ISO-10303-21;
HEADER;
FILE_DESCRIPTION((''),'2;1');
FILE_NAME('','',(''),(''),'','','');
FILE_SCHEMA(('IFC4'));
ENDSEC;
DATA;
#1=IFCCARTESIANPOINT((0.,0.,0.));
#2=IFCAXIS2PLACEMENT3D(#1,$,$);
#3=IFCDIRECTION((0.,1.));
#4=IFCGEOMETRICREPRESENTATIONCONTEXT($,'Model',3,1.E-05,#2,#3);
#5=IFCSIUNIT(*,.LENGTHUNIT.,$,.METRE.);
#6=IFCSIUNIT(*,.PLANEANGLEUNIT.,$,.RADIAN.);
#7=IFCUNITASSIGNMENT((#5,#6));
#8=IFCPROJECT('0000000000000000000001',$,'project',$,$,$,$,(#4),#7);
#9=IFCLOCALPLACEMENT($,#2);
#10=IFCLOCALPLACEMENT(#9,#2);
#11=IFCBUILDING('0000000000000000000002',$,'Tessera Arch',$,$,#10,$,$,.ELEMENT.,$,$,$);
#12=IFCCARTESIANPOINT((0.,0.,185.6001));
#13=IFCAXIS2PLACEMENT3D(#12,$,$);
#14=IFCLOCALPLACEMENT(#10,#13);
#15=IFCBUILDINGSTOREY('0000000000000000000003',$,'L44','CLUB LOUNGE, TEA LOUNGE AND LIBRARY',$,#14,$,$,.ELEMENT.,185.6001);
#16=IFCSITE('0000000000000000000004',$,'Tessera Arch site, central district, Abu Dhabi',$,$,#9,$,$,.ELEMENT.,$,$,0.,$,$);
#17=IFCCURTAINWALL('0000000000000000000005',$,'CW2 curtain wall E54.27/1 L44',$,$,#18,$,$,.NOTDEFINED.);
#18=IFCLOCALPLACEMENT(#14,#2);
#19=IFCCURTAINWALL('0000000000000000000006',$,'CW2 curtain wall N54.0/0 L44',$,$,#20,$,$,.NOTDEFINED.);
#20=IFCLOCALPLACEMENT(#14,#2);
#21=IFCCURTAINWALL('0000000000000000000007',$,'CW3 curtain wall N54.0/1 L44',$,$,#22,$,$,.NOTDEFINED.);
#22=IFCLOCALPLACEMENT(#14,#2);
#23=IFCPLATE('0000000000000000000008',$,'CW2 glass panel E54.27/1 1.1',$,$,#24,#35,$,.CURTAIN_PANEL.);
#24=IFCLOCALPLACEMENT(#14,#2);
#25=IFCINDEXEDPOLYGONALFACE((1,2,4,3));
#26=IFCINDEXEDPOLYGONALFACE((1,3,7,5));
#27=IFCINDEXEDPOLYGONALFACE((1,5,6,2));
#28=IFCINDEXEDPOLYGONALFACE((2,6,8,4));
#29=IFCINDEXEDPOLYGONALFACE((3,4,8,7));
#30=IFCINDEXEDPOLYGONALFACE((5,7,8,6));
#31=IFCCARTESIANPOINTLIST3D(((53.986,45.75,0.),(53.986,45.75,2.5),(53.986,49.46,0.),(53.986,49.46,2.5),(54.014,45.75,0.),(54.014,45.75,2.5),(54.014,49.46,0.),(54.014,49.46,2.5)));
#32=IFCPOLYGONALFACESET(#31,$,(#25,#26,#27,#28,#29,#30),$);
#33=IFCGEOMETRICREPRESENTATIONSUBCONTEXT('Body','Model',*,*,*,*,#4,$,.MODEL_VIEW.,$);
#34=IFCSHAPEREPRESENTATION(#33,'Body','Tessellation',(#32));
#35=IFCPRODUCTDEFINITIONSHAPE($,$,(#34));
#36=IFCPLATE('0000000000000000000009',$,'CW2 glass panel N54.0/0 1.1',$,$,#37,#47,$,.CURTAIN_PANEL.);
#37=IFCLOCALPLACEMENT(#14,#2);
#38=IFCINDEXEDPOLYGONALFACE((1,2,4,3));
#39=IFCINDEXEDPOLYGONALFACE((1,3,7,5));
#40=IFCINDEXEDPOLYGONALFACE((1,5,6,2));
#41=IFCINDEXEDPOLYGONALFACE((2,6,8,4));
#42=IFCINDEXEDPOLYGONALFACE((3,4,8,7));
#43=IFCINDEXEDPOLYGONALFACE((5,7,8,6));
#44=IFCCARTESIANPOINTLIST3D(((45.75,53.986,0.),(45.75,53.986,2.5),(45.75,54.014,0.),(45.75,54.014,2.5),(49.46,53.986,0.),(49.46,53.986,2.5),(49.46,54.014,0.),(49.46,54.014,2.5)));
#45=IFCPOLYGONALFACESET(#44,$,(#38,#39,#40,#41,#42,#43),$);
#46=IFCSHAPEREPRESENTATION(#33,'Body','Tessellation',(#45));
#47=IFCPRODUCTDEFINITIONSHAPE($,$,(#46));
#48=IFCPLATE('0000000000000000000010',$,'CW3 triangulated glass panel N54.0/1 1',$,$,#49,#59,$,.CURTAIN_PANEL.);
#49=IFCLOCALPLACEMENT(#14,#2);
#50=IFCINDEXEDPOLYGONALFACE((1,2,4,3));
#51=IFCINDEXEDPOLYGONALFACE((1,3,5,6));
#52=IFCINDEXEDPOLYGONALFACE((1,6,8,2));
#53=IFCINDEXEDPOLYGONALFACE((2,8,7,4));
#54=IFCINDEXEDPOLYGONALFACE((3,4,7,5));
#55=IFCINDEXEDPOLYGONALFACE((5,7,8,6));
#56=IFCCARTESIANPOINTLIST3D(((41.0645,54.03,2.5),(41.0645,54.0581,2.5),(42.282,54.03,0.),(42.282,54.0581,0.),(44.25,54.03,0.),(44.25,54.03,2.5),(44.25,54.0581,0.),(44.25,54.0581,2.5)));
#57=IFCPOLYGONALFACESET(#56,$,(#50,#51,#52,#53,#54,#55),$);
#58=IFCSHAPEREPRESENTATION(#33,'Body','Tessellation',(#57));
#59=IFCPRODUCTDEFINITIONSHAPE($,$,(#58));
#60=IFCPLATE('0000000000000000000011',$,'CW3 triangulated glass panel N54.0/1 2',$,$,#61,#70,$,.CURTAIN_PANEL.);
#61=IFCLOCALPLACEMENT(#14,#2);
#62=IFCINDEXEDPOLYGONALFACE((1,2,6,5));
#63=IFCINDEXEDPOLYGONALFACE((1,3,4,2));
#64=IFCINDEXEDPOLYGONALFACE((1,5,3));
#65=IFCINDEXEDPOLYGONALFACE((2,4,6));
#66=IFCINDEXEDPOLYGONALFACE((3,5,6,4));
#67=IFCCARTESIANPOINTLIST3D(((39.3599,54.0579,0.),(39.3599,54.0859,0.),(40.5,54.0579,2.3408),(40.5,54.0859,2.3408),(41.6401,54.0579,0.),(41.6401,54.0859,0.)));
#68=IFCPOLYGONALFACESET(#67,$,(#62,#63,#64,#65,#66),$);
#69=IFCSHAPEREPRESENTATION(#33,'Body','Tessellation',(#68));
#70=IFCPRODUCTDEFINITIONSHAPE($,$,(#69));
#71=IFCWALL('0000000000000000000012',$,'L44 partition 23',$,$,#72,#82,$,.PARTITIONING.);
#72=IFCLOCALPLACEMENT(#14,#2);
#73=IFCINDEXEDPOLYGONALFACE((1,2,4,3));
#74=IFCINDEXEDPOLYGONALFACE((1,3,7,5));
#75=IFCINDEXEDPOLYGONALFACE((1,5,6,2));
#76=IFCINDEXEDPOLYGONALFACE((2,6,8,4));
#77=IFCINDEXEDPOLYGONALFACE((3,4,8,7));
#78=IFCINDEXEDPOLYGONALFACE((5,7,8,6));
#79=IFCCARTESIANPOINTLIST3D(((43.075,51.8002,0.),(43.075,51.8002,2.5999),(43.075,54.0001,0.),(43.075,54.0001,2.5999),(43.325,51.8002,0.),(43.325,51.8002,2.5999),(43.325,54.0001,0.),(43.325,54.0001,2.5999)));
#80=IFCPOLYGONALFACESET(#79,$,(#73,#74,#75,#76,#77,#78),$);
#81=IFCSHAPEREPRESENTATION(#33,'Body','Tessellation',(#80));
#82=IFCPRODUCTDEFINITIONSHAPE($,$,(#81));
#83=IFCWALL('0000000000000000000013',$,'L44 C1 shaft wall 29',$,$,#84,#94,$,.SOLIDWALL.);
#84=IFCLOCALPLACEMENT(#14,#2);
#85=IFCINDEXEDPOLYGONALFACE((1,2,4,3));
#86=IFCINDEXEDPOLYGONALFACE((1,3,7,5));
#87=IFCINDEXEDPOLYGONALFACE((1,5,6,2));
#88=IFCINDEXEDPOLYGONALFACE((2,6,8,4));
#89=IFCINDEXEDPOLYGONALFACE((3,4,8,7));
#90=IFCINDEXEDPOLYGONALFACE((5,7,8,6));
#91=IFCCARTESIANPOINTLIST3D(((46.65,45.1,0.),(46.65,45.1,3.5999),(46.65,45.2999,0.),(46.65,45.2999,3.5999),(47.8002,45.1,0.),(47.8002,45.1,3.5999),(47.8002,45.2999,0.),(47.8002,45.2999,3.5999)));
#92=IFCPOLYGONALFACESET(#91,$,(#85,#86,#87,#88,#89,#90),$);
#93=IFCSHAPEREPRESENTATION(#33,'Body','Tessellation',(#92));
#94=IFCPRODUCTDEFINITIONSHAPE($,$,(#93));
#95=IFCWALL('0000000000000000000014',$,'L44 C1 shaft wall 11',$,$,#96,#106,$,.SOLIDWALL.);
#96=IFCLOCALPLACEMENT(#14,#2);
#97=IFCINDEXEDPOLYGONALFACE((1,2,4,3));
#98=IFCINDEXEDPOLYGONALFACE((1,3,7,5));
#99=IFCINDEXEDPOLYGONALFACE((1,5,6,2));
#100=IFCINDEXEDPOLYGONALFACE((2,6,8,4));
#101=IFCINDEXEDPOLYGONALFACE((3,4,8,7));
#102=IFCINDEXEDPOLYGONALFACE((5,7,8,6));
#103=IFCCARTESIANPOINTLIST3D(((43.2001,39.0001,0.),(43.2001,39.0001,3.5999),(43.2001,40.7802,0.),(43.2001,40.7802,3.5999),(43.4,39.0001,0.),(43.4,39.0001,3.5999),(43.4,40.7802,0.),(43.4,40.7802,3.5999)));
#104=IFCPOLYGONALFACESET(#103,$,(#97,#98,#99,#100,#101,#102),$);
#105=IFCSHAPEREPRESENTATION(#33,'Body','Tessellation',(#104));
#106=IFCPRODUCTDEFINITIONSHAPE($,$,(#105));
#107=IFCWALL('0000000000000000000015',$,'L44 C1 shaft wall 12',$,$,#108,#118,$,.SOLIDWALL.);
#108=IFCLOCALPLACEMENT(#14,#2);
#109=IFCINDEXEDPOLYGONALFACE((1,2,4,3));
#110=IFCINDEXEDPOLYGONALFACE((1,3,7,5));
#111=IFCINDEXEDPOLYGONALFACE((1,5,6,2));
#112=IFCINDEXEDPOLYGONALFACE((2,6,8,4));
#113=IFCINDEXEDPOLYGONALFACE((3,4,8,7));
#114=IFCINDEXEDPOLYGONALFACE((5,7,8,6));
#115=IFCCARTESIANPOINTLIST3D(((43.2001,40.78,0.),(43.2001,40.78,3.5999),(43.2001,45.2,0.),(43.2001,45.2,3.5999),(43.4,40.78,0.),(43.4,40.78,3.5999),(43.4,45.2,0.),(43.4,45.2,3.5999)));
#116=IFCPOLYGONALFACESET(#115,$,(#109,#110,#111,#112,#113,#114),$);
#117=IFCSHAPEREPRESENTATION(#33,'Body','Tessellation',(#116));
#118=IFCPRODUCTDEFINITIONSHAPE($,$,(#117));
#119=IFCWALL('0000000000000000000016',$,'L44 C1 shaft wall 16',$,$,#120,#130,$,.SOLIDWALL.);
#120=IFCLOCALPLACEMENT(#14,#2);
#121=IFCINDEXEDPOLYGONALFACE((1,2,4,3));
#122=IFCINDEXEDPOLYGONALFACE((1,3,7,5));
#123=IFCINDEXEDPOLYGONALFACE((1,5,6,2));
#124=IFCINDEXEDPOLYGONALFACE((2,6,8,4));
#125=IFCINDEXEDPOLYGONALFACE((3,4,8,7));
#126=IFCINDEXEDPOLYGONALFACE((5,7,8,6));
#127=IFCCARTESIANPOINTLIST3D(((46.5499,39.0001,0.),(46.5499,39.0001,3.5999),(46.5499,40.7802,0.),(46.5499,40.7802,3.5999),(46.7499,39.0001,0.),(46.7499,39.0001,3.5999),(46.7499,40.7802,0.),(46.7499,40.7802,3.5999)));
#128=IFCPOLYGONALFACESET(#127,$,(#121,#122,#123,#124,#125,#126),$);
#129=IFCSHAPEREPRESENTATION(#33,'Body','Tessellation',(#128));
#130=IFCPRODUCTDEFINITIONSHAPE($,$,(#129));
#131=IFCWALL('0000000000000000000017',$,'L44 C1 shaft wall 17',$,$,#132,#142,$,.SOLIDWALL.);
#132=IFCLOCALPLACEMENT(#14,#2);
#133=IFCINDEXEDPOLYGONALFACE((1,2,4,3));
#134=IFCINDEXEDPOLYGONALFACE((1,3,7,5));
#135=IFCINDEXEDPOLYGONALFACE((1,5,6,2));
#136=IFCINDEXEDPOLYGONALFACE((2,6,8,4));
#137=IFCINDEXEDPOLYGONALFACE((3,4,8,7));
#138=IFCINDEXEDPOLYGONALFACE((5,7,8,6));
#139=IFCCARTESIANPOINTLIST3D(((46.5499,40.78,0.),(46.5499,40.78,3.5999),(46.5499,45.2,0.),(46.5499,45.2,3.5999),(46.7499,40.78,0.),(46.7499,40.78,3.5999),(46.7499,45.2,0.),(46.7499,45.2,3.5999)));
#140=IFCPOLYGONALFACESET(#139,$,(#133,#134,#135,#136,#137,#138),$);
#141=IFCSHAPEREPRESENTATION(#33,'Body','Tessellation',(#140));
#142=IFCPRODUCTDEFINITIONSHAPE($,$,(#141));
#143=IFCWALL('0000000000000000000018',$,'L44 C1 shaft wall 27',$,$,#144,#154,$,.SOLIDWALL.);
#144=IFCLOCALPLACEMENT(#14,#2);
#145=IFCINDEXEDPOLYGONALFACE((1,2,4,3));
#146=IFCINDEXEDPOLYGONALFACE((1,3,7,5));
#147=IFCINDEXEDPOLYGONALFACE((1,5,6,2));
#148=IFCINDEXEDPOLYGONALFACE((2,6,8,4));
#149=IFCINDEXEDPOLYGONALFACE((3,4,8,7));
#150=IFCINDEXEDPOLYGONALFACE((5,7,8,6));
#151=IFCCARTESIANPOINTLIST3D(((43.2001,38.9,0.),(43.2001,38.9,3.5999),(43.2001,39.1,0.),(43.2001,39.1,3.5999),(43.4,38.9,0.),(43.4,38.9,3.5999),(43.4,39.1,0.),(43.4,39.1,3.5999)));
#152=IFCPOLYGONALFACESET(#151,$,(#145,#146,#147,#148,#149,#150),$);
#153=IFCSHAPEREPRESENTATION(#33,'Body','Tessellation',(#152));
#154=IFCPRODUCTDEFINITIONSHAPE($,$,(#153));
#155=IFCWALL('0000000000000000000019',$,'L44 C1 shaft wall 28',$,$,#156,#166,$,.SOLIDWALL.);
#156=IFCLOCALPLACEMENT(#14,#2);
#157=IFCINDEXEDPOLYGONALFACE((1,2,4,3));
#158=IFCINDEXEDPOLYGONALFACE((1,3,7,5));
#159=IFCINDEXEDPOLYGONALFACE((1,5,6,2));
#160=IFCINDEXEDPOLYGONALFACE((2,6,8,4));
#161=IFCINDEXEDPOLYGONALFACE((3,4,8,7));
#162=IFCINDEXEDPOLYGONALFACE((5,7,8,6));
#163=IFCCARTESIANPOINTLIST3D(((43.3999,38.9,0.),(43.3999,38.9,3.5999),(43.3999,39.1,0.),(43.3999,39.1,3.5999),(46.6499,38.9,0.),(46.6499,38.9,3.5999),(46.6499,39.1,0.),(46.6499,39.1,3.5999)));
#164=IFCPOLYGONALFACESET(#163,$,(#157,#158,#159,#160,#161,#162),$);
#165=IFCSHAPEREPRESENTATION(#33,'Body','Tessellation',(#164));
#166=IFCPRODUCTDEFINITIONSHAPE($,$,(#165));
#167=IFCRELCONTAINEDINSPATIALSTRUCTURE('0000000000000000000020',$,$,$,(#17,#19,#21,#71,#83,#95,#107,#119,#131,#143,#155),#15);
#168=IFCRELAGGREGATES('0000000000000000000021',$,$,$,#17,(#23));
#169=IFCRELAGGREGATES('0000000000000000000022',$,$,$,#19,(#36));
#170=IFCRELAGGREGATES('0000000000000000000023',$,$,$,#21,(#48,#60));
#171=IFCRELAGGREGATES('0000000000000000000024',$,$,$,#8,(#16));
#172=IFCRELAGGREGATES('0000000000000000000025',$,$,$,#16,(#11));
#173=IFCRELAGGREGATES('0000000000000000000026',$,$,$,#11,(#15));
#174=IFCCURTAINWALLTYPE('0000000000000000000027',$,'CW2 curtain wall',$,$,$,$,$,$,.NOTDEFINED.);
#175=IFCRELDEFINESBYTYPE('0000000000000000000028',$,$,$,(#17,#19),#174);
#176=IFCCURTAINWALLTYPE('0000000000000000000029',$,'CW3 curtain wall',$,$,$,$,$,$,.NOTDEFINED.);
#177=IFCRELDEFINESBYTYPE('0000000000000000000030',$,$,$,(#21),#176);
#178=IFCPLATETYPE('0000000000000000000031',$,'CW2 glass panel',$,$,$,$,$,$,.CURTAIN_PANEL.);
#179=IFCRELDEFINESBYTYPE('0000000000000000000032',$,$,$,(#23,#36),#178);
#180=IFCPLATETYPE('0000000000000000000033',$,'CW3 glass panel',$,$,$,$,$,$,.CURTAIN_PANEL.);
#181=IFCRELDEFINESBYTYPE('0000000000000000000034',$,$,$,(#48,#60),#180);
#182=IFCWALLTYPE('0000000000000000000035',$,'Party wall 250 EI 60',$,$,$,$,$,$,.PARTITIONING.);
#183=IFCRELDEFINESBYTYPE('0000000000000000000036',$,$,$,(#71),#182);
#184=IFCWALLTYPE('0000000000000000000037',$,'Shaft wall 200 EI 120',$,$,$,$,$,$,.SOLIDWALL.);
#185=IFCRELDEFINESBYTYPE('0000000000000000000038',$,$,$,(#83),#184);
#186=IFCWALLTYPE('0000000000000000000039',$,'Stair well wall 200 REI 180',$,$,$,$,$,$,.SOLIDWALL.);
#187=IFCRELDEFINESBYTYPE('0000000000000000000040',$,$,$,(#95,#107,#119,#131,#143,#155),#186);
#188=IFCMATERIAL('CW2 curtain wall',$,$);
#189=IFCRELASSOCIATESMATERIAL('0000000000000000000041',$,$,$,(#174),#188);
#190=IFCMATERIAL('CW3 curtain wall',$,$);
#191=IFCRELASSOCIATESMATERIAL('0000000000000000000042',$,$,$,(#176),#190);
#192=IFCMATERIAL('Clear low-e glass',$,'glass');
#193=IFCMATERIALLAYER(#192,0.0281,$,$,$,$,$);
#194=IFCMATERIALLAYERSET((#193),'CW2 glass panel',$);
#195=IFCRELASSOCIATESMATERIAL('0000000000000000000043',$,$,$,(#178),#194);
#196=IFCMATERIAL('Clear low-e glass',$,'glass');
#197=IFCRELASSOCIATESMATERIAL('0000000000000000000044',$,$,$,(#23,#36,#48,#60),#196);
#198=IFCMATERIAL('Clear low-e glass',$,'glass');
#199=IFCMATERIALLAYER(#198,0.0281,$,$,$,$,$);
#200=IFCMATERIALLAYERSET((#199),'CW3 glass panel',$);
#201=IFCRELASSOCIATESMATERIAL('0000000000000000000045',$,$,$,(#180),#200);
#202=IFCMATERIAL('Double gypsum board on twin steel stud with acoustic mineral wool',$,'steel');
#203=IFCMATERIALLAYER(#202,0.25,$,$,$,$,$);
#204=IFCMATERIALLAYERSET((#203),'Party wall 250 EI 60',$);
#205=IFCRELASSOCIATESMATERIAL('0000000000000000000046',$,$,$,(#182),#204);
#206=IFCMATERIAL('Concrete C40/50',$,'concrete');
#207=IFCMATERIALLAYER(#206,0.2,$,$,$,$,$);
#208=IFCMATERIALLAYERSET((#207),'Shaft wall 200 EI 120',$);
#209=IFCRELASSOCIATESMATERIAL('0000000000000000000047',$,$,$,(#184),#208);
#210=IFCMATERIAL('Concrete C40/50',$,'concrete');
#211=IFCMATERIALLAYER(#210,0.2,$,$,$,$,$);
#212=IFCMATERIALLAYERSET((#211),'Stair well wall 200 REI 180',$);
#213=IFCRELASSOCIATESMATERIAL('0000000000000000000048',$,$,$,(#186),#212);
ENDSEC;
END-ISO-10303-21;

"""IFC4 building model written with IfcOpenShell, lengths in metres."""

from ifc_helpers import new_model, si_unit, direction, frame, frame_2d, origin, origin_2d, place, context, subcontext, project, spatial, polyline, rectangle, outline, extrude, material, layer, layer_set, type_object, element, aggregate, save


model = new_model("IFC4")

# Units and contexts
model_context = context("Model", 3, precision=1e-05, world=origin(), true_north=direction((0.0, 1.0)))
body_context = subcontext(model_context, "Body", "Model", "MODEL_VIEW")
ifc_project = project(units=[si_unit("LENGTHUNIT", "METRE"), si_unit("PLANEANGLEUNIT", "RADIAN")], contexts=[model_context])

# Site, building, storey
site_placement = place(None, origin())
site = spatial("IfcSite", under=ifc_project, at=site_placement, Name="Tessera Arch site, central district, Abu Dhabi", CompositionType="ELEMENT", RefElevation=0.0)
building_placement = place(site_placement, origin())
building = spatial("IfcBuilding", under=site, at=building_placement, Name="Tessera Arch", CompositionType="ELEMENT")
storey_placement = place(building_placement, frame((0.0, 0.0, 185.6001)))
storey = spatial("IfcBuildingStorey", under=building, at=storey_placement, Name="L44", Description="CLUB LOUNGE, TEA LOUNGE AND LIBRARY", CompositionType="ELEMENT", Elevation=185.6001)

# Curtain walls
ifc_material_1 = material(Name="CW2 curtain wall")
curtain_wall_type_1 = type_object("IfcCurtainWallType", Name="CW2 curtain wall", PredefinedType="NOTDEFINED", material=ifc_material_1)
curtain_wall_1_placement = place(storey_placement, origin())
curtain_wall_1 = element("IfcCurtainWall", 1, at=curtain_wall_1_placement, inside=storey, type_object=curtain_wall_type_1, Name="CW2 curtain wall E54.27/1 L44", PredefinedType="NOTDEFINED")
curtain_wall_2_placement = place(storey_placement, origin())
curtain_wall_2 = element("IfcCurtainWall", 2, at=curtain_wall_2_placement, inside=storey, type_object=curtain_wall_type_1, Name="CW2 curtain wall N54.0/0 L44", PredefinedType="NOTDEFINED")
ifc_material_2 = material(Name="CW3 curtain wall")
curtain_wall_type_2 = type_object("IfcCurtainWallType", Name="CW3 curtain wall", PredefinedType="NOTDEFINED", material=ifc_material_2)
curtain_wall_3_placement = place(storey_placement, origin())
curtain_wall_3 = element("IfcCurtainWall", 3, at=curtain_wall_3_placement, inside=storey, type_object=curtain_wall_type_2, Name="CW3 curtain wall N54.0/1 L44", PredefinedType="NOTDEFINED")

# Plates
ifc_material_3 = material(Name="Clear low-e glass", Category="glass")
ifc_material_4 = material(Name="Clear low-e glass", Category="glass")
ifc_layer_1 = layer(ifc_material_4, 0.0281)
ifc_layer_set_1 = layer_set([ifc_layer_1], Name="CW2 glass panel")
plate_type_1 = type_object("IfcPlateType", Name="CW2 glass panel", PredefinedType="CURTAIN_PANEL", material=ifc_layer_set_1)
plate_1_placement = place(storey_placement, frame((54.0, 47.605, 0.0), z_axis=(0.0, 0.0, 1.0), x_axis=(0.0, 1.0, 0.0)))
plate_1 = element("IfcPlate", 4, at=plate_1_placement, type_object=plate_type_1, material=ifc_material_3, Name="CW2 glass panel E54.27/1 1.1", PredefinedType="CURTAIN_PANEL", context=body_context, shape_type="SweptSolid", body=[
    extrude(rectangle(XDim=3.71, YDim=0.0281, at=origin_2d()), origin(), (0.0, 0.0, 1.0), 2.5),
])
aggregate(curtain_wall_1, [plate_1])
plate_2_placement = place(storey_placement, frame((47.605, 54.0, 0.0), z_axis=(0.0, 0.0, 1.0), x_axis=(-1.0, 0.0, 0.0)))
plate_2 = element("IfcPlate", 5, at=plate_2_placement, type_object=plate_type_1, material=ifc_material_3, Name="CW2 glass panel N54.0/0 1.1", PredefinedType="CURTAIN_PANEL", context=body_context, shape_type="SweptSolid", body=[
    extrude(rectangle(XDim=3.71, YDim=0.0281, at=origin_2d()), origin(), (0.0, 0.0, 1.0), 2.5),
])
aggregate(curtain_wall_2, [plate_2])
ifc_material_5 = material(Name="Clear low-e glass", Category="glass")
ifc_layer_2 = layer(ifc_material_5, 0.0281)
ifc_layer_set_2 = layer_set([ifc_layer_2], Name="CW3 glass panel")
plate_type_2 = type_object("IfcPlateType", Name="CW3 glass panel", PredefinedType="CURTAIN_PANEL", material=ifc_layer_set_2)
plate_3_placement = place(storey_placement, frame((44.25, 54.0581, 0.0), z_axis=(0.0, 1.0, 0.0), x_axis=(-1.0, 0.0, 0.0)))
plate_3 = element("IfcPlate", 6, at=plate_3_placement, type_object=plate_type_2, material=ifc_material_3, Name="CW3 triangulated glass panel N54.0/1 1", PredefinedType="CURTAIN_PANEL", context=body_context, shape_type="SweptSolid", body=[
    extrude(outline(polyline([(0.0, 0.0), (1.968, 0.0), (3.1855, 2.5), (0.0, 2.5), (0.0, 0.0)])), origin(), (0.0, 0.0, -1.0), 0.0281),
])
plate_4_placement = place(storey_placement, frame((41.6401, 54.0859, 0.0), z_axis=(0.0, 1.0, 0.0), x_axis=(-1.0, 0.0, 0.0)))
plate_4 = element("IfcPlate", 7, at=plate_4_placement, type_object=plate_type_2, material=ifc_material_3, Name="CW3 triangulated glass panel N54.0/1 2", PredefinedType="CURTAIN_PANEL", context=body_context, shape_type="SweptSolid", body=[
    extrude(outline(polyline([(0.0, 0.0), (2.2803, 0.0), (1.1401, 2.3408), (0.0, 0.0)])), origin(), (0.0, 0.0, -1.0), 0.0281),
])
aggregate(curtain_wall_3, [plate_3, plate_4])

# Walls
ifc_material_6 = material(Name="Double gypsum board on twin steel stud with acoustic mineral wool", Category="steel")
ifc_layer_3 = layer(ifc_material_6, 0.25)
ifc_layer_set_3 = layer_set([ifc_layer_3], Name="Party wall 250 EI 60")
wall_type_1 = type_object("IfcWallType", Name="Party wall 250 EI 60", PredefinedType="PARTITIONING", material=ifc_layer_set_3)
wall_1_placement = place(storey_placement, frame((43.2, 51.8, 0.0), z_axis=(0.0, 0.0, 1.0), x_axis=(0.0, 1.0, 0.0)))
element("IfcWall", 8, at=wall_1_placement, inside=storey, type_object=wall_type_1, Name="L44 partition 23", PredefinedType="PARTITIONING", context=body_context, shape_type="SweptSolid", body=[
    extrude(rectangle(XDim=2.2, YDim=0.25, at=frame_2d((1.1001, 0.0))), origin(), (0.0, 0.0, 1.0), 2.5999),
])
ifc_material_7 = material(Name="Concrete C40/50", Category="concrete")
ifc_layer_4 = layer(ifc_material_7, 0.2)
ifc_layer_set_4 = layer_set([ifc_layer_4], Name="Shaft wall 200 EI 120")
wall_type_2 = type_object("IfcWallType", Name="Shaft wall 200 EI 120", PredefinedType="SOLIDWALL", material=ifc_layer_set_4)
wall_2_placement = place(storey_placement, frame((46.6499, 45.2, 0.0), z_axis=(0.0, 0.0, 1.0), x_axis=(1.0, 0.0, 0.0)))
element("IfcWall", 9, at=wall_2_placement, inside=storey, type_object=wall_type_2, Name="L44 C1 shaft wall 29", PredefinedType="SOLIDWALL", context=body_context, shape_type="SweptSolid", body=[
    extrude(rectangle(XDim=1.1501, YDim=0.2, at=frame_2d((0.5752, 0.0))), origin(), (0.0, 0.0, 1.0), 3.5999),
])
ifc_material_8 = material(Name="Concrete C40/50", Category="concrete")
ifc_layer_5 = layer(ifc_material_8, 0.2)
ifc_layer_set_5 = layer_set([ifc_layer_5], Name="Stair well wall 200 REI 180")
wall_type_3 = type_object("IfcWallType", Name="Stair well wall 200 REI 180", PredefinedType="SOLIDWALL", material=ifc_layer_set_5)
wall_3_placement = place(storey_placement, frame((43.3, 39.0, 0.0), z_axis=(0.0, 0.0, 1.0), x_axis=(0.0, 1.0, 0.0)))
element("IfcWall", 10, at=wall_3_placement, inside=storey, type_object=wall_type_3, Name="L44 C1 shaft wall 11", PredefinedType="SOLIDWALL", context=body_context, shape_type="SweptSolid", body=[
    extrude(rectangle(XDim=1.78, YDim=0.2, at=frame_2d((0.8901, 0.0))), origin(), (0.0, 0.0, 1.0), 3.5999),
])
wall_4_placement = place(storey_placement, frame((43.3, 40.78, 0.0), z_axis=(0.0, 0.0, 1.0), x_axis=(0.0, 1.0, 0.0)))
element("IfcWall", 11, at=wall_4_placement, inside=storey, type_object=wall_type_3, Name="L44 C1 shaft wall 12", PredefinedType="SOLIDWALL", context=body_context, shape_type="SweptSolid", body=[
    extrude(rectangle(XDim=4.4199, YDim=0.2, at=frame_2d((2.21, 0.0))), origin(), (0.0, 0.0, 1.0), 3.5999),
])
wall_5_placement = place(storey_placement, frame((46.6499, 39.0, 0.0), z_axis=(0.0, 0.0, 1.0), x_axis=(0.0, 1.0, 0.0)))
element("IfcWall", 12, at=wall_5_placement, inside=storey, type_object=wall_type_3, Name="L44 C1 shaft wall 16", PredefinedType="SOLIDWALL", context=body_context, shape_type="SweptSolid", body=[
    extrude(rectangle(XDim=1.78, YDim=0.2, at=frame_2d((0.8901, 0.0))), origin(), (0.0, 0.0, 1.0), 3.5999),
])
wall_6_placement = place(storey_placement, frame((46.6499, 40.78, 0.0), z_axis=(0.0, 0.0, 1.0), x_axis=(0.0, 1.0, 0.0)))
element("IfcWall", 13, at=wall_6_placement, inside=storey, type_object=wall_type_3, Name="L44 C1 shaft wall 17", PredefinedType="SOLIDWALL", context=body_context, shape_type="SweptSolid", body=[
    extrude(rectangle(XDim=4.4199, YDim=0.2, at=frame_2d((2.21, 0.0))), origin(), (0.0, 0.0, 1.0), 3.5999),
])
wall_7_placement = place(storey_placement, frame((43.2, 39.0, 0.0), z_axis=(0.0, 0.0, 1.0), x_axis=(1.0, 0.0, 0.0)))
element("IfcWall", 14, at=wall_7_placement, inside=storey, type_object=wall_type_3, Name="L44 C1 shaft wall 27", PredefinedType="SOLIDWALL", context=body_context, shape_type="SweptSolid", body=[
    extrude(rectangle(XDim=0.2, YDim=0.2, at=frame_2d((0.1001, 0.0))), origin(), (0.0, 0.0, 1.0), 3.5999),
])
wall_8_placement = place(storey_placement, frame((43.3999, 39.0, 0.0), z_axis=(0.0, 0.0, 1.0), x_axis=(1.0, 0.0, 0.0)))
element("IfcWall", 15, at=wall_8_placement, inside=storey, type_object=wall_type_3, Name="L44 C1 shaft wall 28", PredefinedType="SOLIDWALL", context=body_context, shape_type="SweptSolid", body=[
    extrude(rectangle(XDim=3.25, YDim=0.2, at=frame_2d((1.625, 0.0))), origin(), (0.0, 0.0, 1.0), 3.5999),
])

save(model, "model.ifc")
